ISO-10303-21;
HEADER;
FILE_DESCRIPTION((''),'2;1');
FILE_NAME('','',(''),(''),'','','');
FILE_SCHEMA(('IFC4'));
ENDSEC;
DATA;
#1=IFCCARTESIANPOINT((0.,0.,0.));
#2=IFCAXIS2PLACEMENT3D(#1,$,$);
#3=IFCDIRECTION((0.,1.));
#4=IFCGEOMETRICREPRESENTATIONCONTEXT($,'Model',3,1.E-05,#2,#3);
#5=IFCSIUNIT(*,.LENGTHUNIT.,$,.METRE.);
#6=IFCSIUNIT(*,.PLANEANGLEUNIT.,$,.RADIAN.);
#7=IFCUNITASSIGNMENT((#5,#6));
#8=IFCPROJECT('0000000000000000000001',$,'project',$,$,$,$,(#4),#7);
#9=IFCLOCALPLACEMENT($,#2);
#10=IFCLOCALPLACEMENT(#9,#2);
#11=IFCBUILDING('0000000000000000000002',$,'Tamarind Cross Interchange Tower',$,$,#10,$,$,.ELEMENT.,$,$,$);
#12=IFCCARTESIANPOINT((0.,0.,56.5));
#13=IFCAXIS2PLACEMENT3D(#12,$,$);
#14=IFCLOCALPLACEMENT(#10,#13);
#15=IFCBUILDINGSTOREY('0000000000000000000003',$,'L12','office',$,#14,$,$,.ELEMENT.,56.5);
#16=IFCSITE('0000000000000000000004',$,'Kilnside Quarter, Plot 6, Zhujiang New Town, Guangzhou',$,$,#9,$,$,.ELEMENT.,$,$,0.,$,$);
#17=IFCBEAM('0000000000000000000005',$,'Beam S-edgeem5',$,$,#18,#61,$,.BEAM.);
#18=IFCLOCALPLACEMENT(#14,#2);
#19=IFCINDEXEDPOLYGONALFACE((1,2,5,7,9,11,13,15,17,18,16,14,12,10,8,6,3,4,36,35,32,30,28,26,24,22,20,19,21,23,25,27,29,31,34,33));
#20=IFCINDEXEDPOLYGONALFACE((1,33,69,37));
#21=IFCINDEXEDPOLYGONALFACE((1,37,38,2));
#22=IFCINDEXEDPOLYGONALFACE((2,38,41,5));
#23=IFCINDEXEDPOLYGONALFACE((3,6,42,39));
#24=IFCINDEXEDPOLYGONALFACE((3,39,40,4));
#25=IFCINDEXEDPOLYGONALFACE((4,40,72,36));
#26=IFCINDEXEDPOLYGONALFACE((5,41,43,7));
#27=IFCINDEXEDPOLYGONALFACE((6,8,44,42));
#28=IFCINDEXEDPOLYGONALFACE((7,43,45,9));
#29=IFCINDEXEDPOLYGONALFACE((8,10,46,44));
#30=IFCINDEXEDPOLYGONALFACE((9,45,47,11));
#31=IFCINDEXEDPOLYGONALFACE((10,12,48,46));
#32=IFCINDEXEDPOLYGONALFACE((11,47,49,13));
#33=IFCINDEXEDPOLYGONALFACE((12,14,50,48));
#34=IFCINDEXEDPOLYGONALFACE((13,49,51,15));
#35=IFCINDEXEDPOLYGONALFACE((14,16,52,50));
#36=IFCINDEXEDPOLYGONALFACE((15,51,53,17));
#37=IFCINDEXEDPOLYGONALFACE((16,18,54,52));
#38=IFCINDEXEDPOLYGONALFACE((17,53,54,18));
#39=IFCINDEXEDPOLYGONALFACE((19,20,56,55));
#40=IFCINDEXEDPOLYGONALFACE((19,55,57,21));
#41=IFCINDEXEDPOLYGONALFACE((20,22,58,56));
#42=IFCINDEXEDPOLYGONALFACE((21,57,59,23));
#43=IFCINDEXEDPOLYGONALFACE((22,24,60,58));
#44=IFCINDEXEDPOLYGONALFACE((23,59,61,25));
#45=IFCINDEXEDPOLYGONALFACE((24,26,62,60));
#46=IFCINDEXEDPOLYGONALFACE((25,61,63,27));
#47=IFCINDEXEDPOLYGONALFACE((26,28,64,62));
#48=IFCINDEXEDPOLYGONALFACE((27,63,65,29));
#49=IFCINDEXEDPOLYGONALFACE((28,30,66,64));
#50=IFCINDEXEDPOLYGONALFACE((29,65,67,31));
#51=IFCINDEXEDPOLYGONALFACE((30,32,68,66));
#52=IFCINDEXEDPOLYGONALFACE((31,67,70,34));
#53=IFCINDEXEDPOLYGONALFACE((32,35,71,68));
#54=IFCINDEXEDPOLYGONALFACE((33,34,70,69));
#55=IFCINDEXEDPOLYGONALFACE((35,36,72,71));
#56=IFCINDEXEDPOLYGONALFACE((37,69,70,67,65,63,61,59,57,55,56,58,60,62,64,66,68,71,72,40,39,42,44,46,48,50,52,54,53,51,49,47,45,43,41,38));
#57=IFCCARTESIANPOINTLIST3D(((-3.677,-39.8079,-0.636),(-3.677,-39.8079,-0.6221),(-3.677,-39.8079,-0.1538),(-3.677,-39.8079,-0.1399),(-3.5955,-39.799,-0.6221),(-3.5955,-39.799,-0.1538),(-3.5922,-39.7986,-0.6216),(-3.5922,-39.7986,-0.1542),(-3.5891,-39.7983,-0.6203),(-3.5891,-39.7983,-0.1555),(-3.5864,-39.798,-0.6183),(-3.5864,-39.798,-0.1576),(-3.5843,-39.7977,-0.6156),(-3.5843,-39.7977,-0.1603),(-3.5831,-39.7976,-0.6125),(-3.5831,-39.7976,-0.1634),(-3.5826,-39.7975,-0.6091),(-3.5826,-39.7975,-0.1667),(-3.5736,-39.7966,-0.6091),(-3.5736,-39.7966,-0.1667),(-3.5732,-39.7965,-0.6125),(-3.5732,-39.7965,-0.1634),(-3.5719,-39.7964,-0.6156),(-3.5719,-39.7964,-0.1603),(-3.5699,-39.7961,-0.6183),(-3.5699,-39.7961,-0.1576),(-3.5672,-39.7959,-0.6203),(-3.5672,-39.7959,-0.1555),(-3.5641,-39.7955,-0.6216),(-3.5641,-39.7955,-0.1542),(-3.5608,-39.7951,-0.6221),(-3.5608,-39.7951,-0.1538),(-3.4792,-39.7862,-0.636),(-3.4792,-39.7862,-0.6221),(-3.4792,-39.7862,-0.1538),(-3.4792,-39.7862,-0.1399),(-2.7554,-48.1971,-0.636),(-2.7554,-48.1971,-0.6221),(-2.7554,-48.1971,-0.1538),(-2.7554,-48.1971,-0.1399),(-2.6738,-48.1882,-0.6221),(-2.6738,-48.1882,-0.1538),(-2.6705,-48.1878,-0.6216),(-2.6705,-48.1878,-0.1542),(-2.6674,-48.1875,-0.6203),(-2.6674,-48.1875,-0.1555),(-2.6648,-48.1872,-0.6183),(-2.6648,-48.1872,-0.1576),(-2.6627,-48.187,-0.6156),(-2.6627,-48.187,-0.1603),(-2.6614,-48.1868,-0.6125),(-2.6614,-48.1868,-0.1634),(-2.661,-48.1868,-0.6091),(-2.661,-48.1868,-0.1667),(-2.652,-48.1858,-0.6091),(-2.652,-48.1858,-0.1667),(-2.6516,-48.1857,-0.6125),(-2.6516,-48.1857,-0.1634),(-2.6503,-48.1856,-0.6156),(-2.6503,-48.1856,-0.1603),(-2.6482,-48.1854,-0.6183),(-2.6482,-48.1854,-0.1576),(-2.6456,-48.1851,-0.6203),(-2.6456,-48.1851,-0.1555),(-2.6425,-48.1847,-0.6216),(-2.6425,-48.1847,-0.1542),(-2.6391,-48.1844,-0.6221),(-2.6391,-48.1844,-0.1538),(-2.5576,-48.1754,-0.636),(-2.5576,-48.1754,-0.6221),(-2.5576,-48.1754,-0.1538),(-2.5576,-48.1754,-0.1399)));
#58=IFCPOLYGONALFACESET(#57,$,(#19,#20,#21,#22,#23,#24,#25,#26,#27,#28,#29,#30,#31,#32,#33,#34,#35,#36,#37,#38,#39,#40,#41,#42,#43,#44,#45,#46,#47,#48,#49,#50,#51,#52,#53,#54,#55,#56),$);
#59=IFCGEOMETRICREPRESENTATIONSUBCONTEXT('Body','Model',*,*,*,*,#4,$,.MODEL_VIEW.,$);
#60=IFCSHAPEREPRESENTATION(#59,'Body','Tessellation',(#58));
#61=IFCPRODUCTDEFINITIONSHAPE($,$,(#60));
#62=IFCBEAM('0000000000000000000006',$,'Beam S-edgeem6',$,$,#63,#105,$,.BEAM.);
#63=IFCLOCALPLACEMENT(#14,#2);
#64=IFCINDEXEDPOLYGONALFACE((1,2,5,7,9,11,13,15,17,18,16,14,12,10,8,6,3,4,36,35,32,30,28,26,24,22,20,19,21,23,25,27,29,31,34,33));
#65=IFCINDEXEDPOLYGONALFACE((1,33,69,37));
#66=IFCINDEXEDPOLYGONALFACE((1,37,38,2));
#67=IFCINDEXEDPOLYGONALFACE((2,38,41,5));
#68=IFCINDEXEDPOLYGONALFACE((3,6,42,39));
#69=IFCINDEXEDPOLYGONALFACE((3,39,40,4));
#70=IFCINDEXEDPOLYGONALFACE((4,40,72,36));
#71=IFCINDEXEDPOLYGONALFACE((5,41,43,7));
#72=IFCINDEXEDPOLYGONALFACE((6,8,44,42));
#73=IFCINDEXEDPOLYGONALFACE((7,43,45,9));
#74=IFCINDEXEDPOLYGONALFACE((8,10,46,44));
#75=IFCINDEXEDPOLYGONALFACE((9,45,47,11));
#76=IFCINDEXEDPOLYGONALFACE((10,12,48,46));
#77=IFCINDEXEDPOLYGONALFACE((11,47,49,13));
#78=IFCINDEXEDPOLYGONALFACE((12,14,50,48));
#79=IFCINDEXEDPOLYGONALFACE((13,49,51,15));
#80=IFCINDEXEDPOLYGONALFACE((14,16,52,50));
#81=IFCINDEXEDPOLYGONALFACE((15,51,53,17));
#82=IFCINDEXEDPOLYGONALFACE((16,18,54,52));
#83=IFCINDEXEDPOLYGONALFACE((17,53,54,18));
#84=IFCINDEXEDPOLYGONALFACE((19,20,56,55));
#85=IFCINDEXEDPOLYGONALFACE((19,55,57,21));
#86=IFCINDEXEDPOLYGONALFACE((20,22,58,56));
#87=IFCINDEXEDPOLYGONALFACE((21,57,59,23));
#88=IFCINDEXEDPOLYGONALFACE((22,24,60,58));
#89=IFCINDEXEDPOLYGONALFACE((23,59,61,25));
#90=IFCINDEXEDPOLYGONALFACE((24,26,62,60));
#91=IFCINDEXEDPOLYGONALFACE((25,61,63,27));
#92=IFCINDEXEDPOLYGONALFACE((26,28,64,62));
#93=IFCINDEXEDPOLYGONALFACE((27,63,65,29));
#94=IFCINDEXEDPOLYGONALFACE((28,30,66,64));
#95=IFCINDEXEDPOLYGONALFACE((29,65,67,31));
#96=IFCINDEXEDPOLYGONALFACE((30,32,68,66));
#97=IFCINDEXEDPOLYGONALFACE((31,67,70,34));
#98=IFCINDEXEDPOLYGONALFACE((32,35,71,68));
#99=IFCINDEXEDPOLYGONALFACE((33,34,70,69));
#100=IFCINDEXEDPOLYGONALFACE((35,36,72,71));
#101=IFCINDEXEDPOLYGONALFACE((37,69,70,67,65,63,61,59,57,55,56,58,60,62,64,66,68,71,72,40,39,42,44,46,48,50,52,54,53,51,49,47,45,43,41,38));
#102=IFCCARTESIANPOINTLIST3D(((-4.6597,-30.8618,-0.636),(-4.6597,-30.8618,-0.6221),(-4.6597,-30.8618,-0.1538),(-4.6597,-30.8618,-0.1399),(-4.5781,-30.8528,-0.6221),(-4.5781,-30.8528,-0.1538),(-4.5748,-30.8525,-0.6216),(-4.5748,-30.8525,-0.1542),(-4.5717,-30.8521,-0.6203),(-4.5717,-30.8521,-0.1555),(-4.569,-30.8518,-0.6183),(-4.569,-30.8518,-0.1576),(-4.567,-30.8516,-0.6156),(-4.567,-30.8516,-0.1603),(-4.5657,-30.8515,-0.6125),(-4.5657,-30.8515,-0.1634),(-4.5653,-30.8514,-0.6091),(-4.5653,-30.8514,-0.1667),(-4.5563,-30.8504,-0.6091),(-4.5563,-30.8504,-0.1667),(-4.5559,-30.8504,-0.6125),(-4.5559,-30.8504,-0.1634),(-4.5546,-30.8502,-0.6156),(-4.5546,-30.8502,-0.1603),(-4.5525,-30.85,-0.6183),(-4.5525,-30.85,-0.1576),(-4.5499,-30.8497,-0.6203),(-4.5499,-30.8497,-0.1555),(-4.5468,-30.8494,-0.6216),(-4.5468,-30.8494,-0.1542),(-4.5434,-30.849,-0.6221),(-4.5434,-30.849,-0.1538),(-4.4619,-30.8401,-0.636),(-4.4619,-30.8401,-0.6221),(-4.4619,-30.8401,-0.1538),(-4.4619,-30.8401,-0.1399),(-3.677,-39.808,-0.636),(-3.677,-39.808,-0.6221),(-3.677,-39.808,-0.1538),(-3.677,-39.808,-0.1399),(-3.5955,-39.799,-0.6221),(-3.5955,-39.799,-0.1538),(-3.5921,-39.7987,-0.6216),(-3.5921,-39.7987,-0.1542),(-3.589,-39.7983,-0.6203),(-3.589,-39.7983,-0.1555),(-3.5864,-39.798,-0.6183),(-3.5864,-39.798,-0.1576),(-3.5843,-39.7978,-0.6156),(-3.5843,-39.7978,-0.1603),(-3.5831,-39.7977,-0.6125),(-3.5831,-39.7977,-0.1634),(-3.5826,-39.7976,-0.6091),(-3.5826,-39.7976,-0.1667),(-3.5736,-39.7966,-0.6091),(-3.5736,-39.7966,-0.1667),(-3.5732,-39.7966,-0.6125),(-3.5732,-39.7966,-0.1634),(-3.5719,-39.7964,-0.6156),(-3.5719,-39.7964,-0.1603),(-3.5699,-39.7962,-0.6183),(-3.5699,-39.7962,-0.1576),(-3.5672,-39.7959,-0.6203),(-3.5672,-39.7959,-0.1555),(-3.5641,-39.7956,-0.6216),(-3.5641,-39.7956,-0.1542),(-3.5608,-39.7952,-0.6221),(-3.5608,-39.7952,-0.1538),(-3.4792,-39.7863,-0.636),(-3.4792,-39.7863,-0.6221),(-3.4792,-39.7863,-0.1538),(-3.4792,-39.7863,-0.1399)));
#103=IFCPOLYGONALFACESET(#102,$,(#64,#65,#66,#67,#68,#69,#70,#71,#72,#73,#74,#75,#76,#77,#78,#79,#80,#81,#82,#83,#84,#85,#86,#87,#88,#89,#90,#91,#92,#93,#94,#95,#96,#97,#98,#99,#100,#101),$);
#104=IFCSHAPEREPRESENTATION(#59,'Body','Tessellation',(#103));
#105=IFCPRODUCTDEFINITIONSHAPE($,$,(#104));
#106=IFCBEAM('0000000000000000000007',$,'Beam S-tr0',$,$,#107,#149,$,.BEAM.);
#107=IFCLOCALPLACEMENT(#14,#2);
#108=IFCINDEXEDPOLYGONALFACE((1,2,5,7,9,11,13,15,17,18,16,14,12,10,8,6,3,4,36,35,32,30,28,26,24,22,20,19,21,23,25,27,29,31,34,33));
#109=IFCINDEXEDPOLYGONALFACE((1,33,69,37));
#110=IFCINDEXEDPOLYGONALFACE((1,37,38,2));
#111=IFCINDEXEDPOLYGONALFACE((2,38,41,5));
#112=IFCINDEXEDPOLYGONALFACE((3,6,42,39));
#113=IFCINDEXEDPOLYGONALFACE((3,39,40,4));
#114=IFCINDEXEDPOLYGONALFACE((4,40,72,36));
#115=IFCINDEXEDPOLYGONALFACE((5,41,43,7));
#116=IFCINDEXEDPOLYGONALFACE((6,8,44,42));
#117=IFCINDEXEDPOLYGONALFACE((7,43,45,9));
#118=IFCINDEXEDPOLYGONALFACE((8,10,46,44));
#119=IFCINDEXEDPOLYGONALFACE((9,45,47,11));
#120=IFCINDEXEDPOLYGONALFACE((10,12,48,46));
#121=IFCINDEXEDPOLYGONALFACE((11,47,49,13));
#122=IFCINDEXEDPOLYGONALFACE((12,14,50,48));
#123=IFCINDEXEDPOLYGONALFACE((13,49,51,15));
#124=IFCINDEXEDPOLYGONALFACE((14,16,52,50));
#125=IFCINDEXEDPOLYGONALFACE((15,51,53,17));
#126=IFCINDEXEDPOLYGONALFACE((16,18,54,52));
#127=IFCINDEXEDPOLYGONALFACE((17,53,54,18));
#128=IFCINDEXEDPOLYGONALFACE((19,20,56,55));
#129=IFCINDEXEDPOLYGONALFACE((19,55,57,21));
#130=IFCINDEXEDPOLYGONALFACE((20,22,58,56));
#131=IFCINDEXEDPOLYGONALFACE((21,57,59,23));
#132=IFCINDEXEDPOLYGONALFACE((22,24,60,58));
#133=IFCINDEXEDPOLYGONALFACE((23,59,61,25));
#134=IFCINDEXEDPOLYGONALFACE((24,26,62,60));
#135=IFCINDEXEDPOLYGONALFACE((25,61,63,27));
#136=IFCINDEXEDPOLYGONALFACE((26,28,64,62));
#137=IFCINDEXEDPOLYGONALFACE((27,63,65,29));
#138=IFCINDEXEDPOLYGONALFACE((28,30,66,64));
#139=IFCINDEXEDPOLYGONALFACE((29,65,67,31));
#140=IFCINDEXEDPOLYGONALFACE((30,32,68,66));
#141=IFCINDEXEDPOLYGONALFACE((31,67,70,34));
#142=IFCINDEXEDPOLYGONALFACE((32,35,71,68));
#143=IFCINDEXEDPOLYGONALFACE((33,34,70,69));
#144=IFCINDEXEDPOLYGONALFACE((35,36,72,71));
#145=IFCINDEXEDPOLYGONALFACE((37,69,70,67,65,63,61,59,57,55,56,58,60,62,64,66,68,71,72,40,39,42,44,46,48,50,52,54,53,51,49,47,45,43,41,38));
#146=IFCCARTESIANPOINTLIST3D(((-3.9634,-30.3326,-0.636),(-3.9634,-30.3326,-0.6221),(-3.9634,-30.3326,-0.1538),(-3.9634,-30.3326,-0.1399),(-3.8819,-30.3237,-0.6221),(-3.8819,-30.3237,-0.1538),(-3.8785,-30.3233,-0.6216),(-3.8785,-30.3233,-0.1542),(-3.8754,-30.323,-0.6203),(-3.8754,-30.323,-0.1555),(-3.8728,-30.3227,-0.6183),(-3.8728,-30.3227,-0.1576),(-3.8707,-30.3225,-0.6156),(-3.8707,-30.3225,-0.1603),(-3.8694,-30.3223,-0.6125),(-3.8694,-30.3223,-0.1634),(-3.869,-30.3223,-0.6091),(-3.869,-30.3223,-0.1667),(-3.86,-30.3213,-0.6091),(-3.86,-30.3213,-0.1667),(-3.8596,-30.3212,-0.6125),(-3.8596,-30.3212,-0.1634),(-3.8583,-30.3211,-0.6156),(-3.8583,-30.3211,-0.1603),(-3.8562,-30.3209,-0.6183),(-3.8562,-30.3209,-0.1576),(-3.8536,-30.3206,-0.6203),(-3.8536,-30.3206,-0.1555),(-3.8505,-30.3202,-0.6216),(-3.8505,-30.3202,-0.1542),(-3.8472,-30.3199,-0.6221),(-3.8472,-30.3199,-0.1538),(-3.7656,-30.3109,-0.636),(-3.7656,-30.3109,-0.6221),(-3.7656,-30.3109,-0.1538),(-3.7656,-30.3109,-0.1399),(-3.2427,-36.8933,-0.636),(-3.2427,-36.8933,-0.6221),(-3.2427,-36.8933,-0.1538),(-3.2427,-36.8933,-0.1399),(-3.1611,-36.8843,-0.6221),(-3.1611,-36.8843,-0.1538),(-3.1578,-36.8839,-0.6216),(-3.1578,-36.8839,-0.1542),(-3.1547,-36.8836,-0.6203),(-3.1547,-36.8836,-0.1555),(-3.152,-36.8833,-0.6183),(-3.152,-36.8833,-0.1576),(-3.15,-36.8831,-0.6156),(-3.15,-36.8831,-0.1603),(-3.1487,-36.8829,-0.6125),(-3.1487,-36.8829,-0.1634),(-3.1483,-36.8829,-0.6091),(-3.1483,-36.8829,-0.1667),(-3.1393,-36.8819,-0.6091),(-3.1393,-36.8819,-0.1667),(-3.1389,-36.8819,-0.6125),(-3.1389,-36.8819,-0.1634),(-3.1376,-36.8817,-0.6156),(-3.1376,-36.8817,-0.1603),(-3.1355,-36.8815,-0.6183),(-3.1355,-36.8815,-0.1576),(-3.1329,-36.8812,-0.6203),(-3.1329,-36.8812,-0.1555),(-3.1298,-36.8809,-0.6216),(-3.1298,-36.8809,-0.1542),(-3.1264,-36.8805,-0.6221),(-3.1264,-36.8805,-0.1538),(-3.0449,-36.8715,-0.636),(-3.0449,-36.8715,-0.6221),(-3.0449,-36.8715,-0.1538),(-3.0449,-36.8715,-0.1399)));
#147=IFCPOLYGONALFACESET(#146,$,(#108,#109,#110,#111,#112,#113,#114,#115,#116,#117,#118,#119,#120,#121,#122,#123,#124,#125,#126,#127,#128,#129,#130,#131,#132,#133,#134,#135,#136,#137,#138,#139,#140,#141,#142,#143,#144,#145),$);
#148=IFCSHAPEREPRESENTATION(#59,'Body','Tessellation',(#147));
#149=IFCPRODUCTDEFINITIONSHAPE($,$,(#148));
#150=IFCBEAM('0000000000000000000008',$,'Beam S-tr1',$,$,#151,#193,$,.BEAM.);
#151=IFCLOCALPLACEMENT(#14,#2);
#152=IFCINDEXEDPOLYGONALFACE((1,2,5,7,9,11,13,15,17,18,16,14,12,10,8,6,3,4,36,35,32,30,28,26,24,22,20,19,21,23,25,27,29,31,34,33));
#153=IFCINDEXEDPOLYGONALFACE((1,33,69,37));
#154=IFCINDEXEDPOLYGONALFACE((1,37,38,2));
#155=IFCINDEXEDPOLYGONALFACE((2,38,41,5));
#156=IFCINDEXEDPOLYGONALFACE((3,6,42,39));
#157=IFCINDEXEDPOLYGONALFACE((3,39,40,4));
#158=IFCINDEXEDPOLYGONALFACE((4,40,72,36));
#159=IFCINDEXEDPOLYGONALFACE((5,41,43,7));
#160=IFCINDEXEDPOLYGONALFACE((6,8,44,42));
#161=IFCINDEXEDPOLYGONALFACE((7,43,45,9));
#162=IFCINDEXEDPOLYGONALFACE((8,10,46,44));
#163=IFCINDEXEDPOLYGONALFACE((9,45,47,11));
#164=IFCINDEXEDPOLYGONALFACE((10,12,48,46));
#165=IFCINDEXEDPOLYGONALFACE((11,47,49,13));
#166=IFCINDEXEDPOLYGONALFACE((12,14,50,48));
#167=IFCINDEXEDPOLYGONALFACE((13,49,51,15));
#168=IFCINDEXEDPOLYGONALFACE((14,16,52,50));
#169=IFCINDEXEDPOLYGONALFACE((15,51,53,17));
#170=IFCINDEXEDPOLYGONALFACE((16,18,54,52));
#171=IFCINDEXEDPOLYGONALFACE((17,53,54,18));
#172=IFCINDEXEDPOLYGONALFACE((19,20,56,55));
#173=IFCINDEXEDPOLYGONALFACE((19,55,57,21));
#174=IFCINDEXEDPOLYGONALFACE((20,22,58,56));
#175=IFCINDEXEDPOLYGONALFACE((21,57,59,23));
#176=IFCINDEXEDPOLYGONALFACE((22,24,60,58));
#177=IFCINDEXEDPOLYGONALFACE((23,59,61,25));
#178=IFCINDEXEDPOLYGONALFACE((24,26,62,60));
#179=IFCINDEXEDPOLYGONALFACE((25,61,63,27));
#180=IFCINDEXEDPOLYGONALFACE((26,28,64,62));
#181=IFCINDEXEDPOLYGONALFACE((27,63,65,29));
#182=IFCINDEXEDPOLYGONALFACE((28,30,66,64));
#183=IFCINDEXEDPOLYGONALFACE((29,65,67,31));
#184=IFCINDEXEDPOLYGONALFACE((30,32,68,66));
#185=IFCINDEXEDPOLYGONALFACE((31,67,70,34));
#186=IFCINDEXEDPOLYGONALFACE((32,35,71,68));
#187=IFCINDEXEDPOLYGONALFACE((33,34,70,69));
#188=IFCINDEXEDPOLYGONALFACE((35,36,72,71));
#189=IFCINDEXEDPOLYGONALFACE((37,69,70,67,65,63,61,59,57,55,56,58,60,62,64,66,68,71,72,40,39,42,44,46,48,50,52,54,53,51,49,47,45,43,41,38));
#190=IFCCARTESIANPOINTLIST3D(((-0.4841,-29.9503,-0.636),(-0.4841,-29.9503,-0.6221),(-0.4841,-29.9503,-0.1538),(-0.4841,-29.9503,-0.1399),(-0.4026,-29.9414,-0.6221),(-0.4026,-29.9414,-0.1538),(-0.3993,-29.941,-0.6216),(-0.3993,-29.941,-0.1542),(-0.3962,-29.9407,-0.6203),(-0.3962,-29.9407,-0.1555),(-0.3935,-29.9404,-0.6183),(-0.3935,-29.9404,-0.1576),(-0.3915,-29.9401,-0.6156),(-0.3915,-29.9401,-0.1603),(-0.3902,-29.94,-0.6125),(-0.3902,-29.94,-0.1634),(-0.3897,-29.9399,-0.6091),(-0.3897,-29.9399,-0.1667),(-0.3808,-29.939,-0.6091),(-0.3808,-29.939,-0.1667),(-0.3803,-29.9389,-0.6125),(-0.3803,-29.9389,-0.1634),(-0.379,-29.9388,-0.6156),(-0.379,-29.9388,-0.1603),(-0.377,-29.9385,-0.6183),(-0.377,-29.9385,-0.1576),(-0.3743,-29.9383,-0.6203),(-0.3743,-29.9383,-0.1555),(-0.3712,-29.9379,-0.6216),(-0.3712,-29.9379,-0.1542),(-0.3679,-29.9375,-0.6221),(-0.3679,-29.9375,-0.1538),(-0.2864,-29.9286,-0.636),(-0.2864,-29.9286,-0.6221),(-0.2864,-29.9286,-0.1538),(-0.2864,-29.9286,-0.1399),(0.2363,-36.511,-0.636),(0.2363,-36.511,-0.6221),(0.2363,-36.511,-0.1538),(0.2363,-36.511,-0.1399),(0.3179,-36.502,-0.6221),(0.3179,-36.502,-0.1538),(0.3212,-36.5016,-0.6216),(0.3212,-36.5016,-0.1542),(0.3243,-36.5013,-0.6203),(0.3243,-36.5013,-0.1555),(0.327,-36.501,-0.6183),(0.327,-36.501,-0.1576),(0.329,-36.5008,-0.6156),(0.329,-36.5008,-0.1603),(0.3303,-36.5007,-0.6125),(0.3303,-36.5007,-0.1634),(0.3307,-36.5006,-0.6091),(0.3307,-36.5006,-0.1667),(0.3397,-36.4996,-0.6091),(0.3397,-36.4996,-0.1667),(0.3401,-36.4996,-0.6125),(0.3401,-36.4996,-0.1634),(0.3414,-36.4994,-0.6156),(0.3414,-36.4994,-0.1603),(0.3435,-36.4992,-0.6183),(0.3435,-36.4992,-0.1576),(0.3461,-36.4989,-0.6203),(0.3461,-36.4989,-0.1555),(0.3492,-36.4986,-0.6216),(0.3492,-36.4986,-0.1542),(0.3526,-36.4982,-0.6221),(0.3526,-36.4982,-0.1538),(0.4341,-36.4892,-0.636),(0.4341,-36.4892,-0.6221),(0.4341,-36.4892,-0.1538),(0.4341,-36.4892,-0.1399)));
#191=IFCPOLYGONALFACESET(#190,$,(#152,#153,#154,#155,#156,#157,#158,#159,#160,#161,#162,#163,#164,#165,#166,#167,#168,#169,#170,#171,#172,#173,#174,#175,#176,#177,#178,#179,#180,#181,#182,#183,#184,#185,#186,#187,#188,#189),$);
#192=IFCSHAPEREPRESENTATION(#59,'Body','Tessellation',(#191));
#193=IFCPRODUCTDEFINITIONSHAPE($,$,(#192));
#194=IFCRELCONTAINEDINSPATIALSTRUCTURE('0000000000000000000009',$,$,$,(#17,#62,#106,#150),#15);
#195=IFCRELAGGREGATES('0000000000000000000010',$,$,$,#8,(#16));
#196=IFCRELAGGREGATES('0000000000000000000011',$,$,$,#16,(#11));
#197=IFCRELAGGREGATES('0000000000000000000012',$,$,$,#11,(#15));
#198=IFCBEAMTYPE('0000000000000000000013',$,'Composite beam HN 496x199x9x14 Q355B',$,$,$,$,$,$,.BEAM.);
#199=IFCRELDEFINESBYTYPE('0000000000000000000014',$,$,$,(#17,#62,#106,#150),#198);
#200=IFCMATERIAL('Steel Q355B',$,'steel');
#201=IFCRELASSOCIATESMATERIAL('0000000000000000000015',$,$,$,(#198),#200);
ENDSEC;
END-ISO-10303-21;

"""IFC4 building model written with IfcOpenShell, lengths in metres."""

from ifc_helpers import new_model, si_unit, direction, frame, origin, origin_2d, place, context, subcontext, project, spatial, i_section, extrude, material, material_profile, profile_set, type_object, element, save


model = new_model("IFC4")

# Units and contexts
model_context = context("Model", 3, precision=1e-05, world=origin(), true_north=direction((0.0, 1.0)))
body_context = subcontext(model_context, "Body", "Model", "MODEL_VIEW")
ifc_project = project(units=[si_unit("LENGTHUNIT", "METRE"), si_unit("PLANEANGLEUNIT", "RADIAN")], contexts=[model_context])

# Site, building, storey
site_placement = place(None, origin())
site = spatial("IfcSite", under=ifc_project, at=site_placement, Name="Kilnside Quarter, Plot 6, Zhujiang New Town, Guangzhou", CompositionType="ELEMENT", RefElevation=0.0)
building_placement = place(site_placement, origin())
building = spatial("IfcBuilding", under=site, at=building_placement, Name="Tamarind Cross Interchange Tower", CompositionType="ELEMENT")
storey_placement = place(building_placement, frame((0.0, 0.0, 56.5)))
storey = spatial("IfcBuildingStorey", under=building, at=storey_placement, Name="L12", Description="office", CompositionType="ELEMENT", Elevation=56.5)

# Beams
ifc_material_1 = material(Name="Steel Q355B", Category="steel")
ifc_material_profile_1 = material_profile(ifc_material_1, i_section(OverallWidth=0.199, OverallDepth=0.4961, WebThickness=0.009, FlangeThickness=0.0139, FilletRadius=0.0129, at=origin_2d()), Name="HN 496x199x9x14")
ifc_profile_set_1 = profile_set([ifc_material_profile_1], Name="Steel Q355B")
beam_type_1 = type_object("IfcBeamType", Name="Composite beam HN 496x199x9x14 Q355B", PredefinedType="BEAM", material=ifc_profile_set_1)
beam_1_placement = place(storey_placement, frame((-2.6565, -48.1863, -0.3879), z_axis=(-0.109203, 0.99402, 0.0), x_axis=(-0.99402, -0.109203, 0.0)))
element("IfcBeam", 1, at=beam_1_placement, inside=storey, type_object=beam_type_1, Name="Beam S-edgeem5", PredefinedType="BEAM", context=body_context, shape_type="SweptSolid", body=[
    extrude(i_section(OverallWidth=0.199, OverallDepth=0.4961, WebThickness=0.009, FlangeThickness=0.0139, FilletRadius=0.0129, at=origin_2d()), origin(), (0.0, 0.0, 1.0), 8.4397),
])
beam_2_placement = place(storey_placement, frame((-3.5781, -39.7971, -0.3879), z_axis=(-0.109184, 0.994022, 0.0), x_axis=(-0.994022, -0.109184, 0.0)))
element("IfcBeam", 2, at=beam_2_placement, inside=storey, type_object=beam_type_1, Name="Beam S-edgeem6", PredefinedType="BEAM", context=body_context, shape_type="SweptSolid", body=[
    extrude(i_section(OverallWidth=0.199, OverallDepth=0.4961, WebThickness=0.009, FlangeThickness=0.0139, FilletRadius=0.0129, at=origin_2d()), origin(), (0.0, 0.0, 1.0), 9.0),
])
for number, where, z_axis, x_axis, name in (
    (3, (-3.8645, -30.3218, -0.3879), (0.109197, -0.99402, 0.0), (0.99402, 0.109197, 0.0), "Beam S-tr0"),
    (4, (-0.3853, -29.9395, -0.3879), (0.109161, -0.994024, 0.0), (0.994024, 0.109161, 0.0), "Beam S-tr1"),
):
    element("IfcBeam", number, at=place(storey_placement, frame(where, z_axis=z_axis, x_axis=x_axis)), inside=storey, type_object=beam_type_1, Name=name, PredefinedType="BEAM", context=body_context, shape_type="SweptSolid", body=[
        extrude(i_section(OverallWidth=0.199, OverallDepth=0.4961, WebThickness=0.009, FlangeThickness=0.0139, FilletRadius=0.0129, at=origin_2d()), origin(), (0.0, 0.0, 1.0), 6.6001),
    ])

save(model, "model.ifc")
